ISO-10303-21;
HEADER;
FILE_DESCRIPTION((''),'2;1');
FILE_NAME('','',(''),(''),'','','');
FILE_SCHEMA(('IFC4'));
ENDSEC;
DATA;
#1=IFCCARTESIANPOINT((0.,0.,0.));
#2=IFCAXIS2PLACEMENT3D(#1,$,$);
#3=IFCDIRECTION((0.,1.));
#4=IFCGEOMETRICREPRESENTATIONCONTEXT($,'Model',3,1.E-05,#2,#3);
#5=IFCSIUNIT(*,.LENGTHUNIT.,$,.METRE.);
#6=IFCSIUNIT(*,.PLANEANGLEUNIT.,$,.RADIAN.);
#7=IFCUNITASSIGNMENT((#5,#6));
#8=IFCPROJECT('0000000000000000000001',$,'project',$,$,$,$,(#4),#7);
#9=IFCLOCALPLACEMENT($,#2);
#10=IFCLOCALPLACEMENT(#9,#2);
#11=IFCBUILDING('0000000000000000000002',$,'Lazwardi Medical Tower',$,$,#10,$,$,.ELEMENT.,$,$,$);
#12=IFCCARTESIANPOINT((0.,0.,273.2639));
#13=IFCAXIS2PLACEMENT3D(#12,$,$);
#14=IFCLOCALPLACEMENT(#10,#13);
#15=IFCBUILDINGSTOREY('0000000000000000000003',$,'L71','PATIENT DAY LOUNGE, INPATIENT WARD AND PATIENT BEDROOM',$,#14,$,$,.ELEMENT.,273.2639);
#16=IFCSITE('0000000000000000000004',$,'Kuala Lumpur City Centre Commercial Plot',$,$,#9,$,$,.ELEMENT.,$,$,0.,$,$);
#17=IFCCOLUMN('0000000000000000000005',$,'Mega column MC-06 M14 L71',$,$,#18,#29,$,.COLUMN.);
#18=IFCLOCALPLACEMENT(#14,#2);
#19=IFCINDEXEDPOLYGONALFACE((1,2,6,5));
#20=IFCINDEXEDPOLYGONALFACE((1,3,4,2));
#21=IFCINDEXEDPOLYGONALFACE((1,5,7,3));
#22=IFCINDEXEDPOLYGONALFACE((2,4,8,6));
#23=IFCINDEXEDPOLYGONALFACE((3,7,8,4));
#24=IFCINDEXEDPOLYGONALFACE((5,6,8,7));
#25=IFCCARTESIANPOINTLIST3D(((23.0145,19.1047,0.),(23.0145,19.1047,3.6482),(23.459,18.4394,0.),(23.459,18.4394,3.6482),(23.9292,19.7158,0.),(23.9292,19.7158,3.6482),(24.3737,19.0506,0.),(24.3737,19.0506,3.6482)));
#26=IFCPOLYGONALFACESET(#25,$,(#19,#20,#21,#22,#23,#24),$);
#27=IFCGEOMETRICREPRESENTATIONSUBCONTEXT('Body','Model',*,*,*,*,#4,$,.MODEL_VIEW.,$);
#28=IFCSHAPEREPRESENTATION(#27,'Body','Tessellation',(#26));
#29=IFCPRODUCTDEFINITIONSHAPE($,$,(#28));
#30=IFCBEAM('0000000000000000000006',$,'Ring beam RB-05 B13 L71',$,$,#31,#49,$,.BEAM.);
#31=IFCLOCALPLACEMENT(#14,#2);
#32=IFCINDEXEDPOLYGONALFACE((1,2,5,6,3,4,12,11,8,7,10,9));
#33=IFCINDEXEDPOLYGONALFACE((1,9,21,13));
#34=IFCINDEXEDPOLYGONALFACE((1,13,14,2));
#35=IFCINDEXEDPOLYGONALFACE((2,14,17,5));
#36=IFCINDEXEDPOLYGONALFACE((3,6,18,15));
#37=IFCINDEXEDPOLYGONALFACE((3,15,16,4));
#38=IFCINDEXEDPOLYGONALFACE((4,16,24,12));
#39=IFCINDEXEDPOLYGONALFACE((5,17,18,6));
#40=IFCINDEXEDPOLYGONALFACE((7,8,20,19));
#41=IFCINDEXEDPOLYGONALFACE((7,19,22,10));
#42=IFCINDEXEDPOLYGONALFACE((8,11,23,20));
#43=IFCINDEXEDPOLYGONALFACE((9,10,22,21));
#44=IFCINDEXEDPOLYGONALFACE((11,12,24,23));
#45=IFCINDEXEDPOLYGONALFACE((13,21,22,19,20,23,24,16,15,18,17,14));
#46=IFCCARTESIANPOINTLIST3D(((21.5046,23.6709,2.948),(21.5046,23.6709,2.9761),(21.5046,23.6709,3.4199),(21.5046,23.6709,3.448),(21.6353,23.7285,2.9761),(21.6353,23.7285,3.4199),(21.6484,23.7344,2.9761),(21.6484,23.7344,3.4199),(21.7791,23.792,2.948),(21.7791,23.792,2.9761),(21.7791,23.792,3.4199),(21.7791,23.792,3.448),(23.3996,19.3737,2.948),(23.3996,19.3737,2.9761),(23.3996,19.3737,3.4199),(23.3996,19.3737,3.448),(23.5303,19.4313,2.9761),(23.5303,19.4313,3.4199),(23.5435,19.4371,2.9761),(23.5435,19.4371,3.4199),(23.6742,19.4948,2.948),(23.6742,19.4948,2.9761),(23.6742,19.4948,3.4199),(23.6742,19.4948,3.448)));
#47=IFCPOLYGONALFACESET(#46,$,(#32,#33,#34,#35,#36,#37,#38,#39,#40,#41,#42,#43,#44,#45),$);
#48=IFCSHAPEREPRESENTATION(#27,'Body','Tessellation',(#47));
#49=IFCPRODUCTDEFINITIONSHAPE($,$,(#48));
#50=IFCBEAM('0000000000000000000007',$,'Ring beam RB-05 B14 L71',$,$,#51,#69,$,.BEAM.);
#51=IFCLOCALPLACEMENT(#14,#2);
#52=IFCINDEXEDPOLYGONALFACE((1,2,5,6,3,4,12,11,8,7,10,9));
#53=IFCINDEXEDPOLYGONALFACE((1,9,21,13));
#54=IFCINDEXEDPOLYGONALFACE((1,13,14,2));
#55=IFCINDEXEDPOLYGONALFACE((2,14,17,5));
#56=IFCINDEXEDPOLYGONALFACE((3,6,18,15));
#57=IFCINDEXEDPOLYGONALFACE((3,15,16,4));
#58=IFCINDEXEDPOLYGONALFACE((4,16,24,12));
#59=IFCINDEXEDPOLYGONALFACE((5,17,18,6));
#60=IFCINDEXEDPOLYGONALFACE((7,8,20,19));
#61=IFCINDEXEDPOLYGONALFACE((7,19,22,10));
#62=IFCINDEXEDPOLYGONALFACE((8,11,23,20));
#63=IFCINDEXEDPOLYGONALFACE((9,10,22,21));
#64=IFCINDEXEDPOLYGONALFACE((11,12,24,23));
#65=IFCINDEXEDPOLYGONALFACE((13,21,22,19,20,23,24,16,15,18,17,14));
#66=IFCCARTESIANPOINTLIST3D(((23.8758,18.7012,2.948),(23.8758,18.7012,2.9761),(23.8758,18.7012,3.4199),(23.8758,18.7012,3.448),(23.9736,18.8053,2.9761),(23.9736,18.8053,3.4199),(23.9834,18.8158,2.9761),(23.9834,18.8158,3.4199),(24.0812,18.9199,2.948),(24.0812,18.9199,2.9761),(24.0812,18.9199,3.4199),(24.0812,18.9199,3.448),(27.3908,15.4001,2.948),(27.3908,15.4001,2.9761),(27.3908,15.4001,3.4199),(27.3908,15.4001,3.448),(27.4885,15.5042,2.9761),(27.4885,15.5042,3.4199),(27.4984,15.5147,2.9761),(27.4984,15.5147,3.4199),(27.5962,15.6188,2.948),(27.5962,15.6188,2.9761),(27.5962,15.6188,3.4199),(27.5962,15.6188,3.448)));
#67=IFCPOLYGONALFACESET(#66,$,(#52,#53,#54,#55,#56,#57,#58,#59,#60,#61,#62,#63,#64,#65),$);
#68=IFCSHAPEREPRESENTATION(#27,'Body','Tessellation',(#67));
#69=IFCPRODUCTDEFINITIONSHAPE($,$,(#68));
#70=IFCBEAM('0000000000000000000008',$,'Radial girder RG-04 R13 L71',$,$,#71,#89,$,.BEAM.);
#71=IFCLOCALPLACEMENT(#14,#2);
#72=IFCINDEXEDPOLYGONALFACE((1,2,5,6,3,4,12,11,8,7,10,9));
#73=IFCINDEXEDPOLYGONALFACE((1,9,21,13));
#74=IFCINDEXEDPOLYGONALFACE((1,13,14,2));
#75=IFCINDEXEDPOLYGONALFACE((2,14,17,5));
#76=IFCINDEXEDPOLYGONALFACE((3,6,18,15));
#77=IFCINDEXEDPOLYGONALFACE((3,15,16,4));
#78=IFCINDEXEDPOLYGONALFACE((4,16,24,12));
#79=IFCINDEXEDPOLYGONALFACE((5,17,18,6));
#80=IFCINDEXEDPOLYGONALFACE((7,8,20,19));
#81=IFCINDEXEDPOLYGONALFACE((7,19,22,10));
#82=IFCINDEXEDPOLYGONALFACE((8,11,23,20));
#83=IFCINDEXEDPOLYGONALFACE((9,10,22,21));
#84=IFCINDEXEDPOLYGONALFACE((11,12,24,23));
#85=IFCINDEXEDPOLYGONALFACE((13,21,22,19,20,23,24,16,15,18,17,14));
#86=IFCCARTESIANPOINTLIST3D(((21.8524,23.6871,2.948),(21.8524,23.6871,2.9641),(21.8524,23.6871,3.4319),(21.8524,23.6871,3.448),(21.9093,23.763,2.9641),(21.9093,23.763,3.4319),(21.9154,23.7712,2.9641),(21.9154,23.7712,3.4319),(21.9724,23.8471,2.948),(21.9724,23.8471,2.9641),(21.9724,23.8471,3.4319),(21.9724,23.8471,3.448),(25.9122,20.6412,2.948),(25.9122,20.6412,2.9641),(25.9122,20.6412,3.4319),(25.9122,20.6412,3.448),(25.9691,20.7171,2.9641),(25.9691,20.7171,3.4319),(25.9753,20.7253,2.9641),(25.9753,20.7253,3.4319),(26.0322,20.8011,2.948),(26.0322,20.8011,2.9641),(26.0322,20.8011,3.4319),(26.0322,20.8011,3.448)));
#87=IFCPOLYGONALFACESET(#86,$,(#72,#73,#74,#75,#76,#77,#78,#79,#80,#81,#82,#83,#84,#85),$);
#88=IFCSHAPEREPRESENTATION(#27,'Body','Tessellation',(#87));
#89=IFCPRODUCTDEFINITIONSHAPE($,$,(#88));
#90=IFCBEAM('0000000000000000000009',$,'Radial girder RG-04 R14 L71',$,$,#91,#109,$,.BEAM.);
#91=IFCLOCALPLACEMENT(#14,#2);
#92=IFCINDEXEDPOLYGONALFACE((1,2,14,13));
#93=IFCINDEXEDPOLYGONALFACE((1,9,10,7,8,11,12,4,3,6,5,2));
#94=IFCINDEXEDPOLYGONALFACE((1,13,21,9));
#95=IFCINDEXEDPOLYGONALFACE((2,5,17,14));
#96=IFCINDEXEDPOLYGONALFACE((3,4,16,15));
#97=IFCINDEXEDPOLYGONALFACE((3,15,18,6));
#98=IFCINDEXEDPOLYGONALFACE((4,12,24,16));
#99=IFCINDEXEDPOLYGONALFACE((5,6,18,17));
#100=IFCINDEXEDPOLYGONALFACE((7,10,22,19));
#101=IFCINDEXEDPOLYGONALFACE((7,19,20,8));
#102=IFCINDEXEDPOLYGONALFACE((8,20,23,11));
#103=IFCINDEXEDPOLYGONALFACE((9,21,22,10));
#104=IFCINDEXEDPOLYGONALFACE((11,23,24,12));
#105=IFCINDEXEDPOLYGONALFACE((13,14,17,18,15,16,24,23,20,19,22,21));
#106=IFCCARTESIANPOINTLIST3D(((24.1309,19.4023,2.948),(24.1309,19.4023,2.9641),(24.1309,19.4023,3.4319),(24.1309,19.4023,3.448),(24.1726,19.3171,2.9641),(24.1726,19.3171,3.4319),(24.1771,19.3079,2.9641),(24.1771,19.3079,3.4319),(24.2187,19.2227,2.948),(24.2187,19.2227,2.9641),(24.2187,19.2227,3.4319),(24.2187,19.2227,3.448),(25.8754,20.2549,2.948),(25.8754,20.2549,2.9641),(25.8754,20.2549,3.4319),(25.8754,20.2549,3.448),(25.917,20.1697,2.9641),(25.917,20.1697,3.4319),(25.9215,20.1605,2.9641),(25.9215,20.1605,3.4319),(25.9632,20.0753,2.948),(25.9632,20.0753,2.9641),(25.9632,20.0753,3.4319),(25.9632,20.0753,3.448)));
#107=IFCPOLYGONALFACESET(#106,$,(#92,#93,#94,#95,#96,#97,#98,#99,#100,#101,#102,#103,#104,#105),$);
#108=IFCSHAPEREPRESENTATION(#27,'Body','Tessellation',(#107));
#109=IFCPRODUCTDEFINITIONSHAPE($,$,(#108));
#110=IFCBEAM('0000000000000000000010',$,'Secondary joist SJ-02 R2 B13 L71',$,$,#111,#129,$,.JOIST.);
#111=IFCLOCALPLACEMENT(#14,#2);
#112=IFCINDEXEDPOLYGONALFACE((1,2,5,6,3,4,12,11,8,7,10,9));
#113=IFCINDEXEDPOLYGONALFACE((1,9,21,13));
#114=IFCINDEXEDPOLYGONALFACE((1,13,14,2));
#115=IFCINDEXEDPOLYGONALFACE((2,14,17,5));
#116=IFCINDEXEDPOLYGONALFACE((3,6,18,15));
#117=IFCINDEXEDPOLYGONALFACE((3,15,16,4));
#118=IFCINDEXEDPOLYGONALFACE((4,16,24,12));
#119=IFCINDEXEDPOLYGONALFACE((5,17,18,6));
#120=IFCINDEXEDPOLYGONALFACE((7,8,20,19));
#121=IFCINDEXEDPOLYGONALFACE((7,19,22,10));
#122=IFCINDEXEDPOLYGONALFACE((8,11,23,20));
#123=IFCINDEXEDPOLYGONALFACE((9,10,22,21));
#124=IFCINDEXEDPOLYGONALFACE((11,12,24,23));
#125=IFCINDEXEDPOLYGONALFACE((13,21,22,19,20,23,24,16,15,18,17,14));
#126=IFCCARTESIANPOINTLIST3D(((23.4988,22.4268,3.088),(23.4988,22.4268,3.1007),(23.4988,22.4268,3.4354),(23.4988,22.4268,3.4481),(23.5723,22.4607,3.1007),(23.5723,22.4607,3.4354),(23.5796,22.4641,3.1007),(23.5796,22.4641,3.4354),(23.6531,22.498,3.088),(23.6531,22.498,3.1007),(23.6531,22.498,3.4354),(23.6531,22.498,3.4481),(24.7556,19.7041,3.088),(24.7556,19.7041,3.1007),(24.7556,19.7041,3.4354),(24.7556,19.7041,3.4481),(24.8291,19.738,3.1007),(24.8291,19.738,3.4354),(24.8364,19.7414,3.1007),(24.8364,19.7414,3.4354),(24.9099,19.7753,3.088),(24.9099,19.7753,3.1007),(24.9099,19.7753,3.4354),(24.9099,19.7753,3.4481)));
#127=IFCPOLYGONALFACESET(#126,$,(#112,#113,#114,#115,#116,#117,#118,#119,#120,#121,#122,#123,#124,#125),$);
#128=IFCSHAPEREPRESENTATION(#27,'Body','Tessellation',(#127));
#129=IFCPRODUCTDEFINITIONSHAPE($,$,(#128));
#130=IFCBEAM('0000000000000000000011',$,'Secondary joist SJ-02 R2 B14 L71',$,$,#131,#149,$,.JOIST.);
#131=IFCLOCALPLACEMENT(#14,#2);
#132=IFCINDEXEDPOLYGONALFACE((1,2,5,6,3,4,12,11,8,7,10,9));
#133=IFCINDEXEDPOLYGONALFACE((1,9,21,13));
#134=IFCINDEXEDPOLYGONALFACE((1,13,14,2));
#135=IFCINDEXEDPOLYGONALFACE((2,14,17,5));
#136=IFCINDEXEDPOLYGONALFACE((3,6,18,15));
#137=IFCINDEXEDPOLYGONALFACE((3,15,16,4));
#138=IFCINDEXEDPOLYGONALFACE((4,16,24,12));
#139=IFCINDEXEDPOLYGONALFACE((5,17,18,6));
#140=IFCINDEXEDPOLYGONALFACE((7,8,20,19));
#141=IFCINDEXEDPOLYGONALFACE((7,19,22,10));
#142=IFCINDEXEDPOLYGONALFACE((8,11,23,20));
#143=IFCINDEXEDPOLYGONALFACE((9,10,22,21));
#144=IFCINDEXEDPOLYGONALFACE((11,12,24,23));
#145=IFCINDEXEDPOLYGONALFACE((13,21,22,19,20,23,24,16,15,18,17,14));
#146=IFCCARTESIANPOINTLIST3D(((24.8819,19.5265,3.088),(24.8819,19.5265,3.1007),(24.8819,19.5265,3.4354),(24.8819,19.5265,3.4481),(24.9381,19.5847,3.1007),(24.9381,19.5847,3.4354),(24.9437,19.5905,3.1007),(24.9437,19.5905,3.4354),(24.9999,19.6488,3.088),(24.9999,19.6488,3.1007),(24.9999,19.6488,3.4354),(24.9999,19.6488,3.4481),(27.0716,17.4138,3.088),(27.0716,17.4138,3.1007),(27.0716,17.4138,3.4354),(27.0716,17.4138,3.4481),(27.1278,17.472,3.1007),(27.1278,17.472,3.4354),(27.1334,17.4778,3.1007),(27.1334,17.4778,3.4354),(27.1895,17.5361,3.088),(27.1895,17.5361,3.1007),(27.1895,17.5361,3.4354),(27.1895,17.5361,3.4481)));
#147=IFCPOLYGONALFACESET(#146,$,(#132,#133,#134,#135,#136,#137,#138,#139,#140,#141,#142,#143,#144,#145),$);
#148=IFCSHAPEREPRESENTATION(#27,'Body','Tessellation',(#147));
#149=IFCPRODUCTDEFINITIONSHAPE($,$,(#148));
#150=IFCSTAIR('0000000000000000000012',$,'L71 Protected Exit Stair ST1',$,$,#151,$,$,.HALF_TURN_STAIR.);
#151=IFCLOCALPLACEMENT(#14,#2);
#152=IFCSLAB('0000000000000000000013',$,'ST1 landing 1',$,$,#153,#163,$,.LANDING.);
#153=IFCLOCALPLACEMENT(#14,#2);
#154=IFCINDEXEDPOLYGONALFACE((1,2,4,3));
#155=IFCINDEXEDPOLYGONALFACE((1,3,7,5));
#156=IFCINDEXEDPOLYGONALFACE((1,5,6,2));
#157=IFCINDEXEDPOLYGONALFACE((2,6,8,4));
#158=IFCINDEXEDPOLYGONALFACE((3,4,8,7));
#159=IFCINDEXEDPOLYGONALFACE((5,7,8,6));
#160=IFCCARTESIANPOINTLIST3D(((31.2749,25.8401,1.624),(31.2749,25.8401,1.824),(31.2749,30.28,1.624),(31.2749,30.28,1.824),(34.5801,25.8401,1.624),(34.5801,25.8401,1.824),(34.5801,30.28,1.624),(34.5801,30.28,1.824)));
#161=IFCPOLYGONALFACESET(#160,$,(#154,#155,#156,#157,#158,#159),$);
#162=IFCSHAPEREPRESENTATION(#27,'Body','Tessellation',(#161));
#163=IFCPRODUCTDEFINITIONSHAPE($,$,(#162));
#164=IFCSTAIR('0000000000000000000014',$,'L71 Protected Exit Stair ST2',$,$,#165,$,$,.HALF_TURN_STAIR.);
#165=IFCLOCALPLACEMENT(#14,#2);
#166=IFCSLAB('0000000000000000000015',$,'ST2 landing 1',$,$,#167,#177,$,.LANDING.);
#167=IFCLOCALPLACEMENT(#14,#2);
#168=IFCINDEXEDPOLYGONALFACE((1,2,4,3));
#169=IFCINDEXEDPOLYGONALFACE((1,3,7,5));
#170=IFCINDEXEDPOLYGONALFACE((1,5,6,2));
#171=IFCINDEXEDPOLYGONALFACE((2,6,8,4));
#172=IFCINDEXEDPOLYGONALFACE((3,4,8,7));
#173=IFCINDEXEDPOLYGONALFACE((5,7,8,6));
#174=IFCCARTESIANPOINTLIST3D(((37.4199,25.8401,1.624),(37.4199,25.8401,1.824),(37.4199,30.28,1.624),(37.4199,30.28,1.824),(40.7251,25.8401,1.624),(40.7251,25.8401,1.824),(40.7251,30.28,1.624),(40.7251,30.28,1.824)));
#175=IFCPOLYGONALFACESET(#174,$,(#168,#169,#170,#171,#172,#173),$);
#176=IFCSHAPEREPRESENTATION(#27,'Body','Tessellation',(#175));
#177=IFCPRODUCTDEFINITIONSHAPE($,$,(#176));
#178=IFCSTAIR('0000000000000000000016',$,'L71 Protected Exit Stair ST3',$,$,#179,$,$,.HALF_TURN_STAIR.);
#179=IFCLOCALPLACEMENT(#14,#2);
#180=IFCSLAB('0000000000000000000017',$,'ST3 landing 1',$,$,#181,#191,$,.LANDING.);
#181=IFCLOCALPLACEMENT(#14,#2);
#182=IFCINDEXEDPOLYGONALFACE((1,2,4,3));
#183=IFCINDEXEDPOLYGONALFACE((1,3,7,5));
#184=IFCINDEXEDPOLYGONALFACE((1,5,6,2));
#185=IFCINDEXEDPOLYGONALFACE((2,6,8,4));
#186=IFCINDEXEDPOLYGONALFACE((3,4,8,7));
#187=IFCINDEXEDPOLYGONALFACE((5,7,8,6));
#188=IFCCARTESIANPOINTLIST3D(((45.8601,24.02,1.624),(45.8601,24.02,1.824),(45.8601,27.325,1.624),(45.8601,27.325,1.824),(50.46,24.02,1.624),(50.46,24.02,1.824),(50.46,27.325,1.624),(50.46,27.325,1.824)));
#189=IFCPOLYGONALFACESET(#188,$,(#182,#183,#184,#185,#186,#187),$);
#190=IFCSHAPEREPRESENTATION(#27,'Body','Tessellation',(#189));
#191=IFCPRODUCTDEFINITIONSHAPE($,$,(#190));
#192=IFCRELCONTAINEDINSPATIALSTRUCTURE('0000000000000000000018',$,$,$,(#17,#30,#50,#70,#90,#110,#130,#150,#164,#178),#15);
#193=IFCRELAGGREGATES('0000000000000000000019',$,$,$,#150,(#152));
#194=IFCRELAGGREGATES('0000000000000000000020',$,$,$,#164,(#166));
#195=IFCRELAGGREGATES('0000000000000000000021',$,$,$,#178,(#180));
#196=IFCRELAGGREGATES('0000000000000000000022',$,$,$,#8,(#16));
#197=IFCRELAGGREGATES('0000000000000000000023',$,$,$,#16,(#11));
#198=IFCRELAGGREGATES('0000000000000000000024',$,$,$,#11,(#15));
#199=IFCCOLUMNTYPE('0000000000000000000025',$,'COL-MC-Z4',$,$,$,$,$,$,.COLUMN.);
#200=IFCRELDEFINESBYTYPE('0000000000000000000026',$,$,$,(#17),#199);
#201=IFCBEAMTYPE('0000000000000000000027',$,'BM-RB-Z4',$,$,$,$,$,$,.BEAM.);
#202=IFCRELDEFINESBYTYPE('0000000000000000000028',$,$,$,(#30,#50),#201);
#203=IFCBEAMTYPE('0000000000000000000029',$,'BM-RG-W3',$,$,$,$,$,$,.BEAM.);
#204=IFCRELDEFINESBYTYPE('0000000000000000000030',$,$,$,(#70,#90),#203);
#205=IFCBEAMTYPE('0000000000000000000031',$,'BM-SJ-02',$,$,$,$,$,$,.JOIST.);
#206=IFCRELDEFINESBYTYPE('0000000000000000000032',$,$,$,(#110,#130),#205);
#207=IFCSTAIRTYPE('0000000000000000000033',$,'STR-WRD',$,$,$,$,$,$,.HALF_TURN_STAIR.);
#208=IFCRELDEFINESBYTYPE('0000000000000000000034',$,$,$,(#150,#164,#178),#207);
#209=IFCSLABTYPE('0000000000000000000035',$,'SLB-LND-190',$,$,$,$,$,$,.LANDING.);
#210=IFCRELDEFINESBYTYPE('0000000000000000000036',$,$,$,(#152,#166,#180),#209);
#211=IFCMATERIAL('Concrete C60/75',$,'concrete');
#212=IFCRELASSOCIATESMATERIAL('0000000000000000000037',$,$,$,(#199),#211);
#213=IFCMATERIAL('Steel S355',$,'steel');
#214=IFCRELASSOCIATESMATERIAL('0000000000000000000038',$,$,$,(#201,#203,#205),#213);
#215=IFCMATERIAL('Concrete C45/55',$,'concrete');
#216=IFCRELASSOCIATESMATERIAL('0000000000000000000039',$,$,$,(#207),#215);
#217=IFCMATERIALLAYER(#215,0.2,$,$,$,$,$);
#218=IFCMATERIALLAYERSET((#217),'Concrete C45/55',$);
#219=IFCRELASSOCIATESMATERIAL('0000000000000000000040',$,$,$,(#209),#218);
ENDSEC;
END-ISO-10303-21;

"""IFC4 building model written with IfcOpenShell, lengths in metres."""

from ifc_helpers import new_model, si_unit, direction, frame, origin, origin_2d, place, context, subcontext, project, spatial, polyline, rectangle, i_section, outline, extrude, material, layer, layer_set, material_profile, profile_set, type_object, element, aggregate, save


model = new_model("IFC4")

# Units and contexts
model_context = context("Model", 3, precision=1e-05, world=origin(), true_north=direction((0.0, 1.0)))
body_context = subcontext(model_context, "Body", "Model", "MODEL_VIEW")
ifc_project = project(units=[si_unit("LENGTHUNIT", "METRE"), si_unit("PLANEANGLEUNIT", "RADIAN")], contexts=[model_context])

# Site, building, storey
site_placement = place(None, origin())
site = spatial("IfcSite", under=ifc_project, at=site_placement, Name="Kuala Lumpur City Centre Commercial Plot", CompositionType="ELEMENT", RefElevation=0.0)
building_placement = place(site_placement, origin())
building = spatial("IfcBuilding", under=site, at=building_placement, Name="Lazwardi Medical Tower", CompositionType="ELEMENT")
storey_placement = place(building_placement, frame((0.0, 0.0, 273.2639)))
storey = spatial("IfcBuildingStorey", under=building, at=storey_placement, Name="L71", Description="PATIENT DAY LOUNGE, INPATIENT WARD AND PATIENT BEDROOM", CompositionType="ELEMENT", Elevation=273.2639)

# Column
ifc_material_1 = material(Name="Concrete C60/75", Category="concrete")
ifc_material_profile_1 = material_profile(ifc_material_1, rectangle(XDim=1.1001, YDim=0.8, at=origin_2d()), Name="CFT-RECT 1100x800")
ifc_profile_set_1 = profile_set([ifc_material_profile_1], Name="Concrete C60/75")
column_type = type_object("IfcColumnType", Name="COL-MC-Z4", PredefinedType="COLUMN", material=ifc_profile_set_1)
column_placement = place(storey_placement, frame((23.6941, 19.0776, 0.0), z_axis=(0.0, 0.0, 1.0), x_axis=(-0.83147, -0.55557, 0.0)))
element("IfcColumn", 1, at=column_placement, inside=storey, type_object=column_type, Name="Mega column MC-06 M14 L71", PredefinedType="COLUMN", context=body_context, shape_type="SweptSolid", body=[
    extrude(rectangle(XDim=1.1001, YDim=0.8, at=origin_2d()), origin(), (0.0, 0.0, 1.0), 3.6482),
])

# Beams
ifc_material_2 = material(Name="Steel S355", Category="steel")
ifc_material_profile_2 = material_profile(ifc_material_2, i_section(OverallWidth=0.3, OverallDepth=0.5, WebThickness=0.0144, FlangeThickness=0.0281, at=origin_2d()), Name="HEB 500")
ifc_profile_set_2 = profile_set([ifc_material_profile_2], Name="Steel S355")
beam_type_1 = type_object("IfcBeamType", Name="BM-RB-Z4", PredefinedType="BEAM", material=ifc_profile_set_2)
beam_1_placement = place(storey_placement, frame((21.6418, 23.7314, 3.198), z_axis=(0.403503, -0.914978, 0.0), x_axis=(0.914978, 0.403503, 0.0)))
element("IfcBeam", 2, at=beam_1_placement, inside=storey, type_object=beam_type_1, Name="Ring beam RB-05 B13 L71", PredefinedType="BEAM", context=body_context, shape_type="SweptSolid", body=[
    extrude(i_section(OverallWidth=0.3, OverallDepth=0.5, WebThickness=0.0144, FlangeThickness=0.0281, at=origin_2d()), origin(), (0.0, 0.0, 1.0), 4.6965),
])
beam_2_placement = place(storey_placement, frame((23.9785, 18.8105, 3.198), z_axis=(0.728935, -0.684583, 0.0), x_axis=(0.684583, 0.728935, 0.0)))
element("IfcBeam", 3, at=beam_2_placement, inside=storey, type_object=beam_type_1, Name="Ring beam RB-05 B14 L71", PredefinedType="BEAM", context=body_context, shape_type="SweptSolid", body=[
    extrude(i_section(OverallWidth=0.3, OverallDepth=0.5, WebThickness=0.0144, FlangeThickness=0.0281, at=origin_2d()), origin(), (0.0, 0.0, 1.0), 4.822),
])
ifc_material_profile_3 = material_profile(ifc_material_2, i_section(OverallWidth=0.2, OverallDepth=0.5, WebThickness=0.0103, FlangeThickness=0.0161, at=origin_2d()), Name="IPE 500")
ifc_profile_set_3 = profile_set([ifc_material_profile_3], Name="Steel S355")
beam_type_2 = type_object("IfcBeamType", Name="BM-RG-W3", PredefinedType="BEAM", material=ifc_profile_set_3)
beam_3_placement = place(storey_placement, frame((21.9124, 23.7671, 3.198), z_axis=(0.799902, -0.600131, 0.0), x_axis=(0.600131, 0.799902, 0.0)))
element("IfcBeam", 4, at=beam_3_placement, inside=storey, type_object=beam_type_2, Name="Radial girder RG-04 R13 L71", PredefinedType="BEAM", context=body_context, shape_type="SweptSolid", body=[
    extrude(i_section(OverallWidth=0.2, OverallDepth=0.5, WebThickness=0.0103, FlangeThickness=0.0161, at=origin_2d()), origin(), (0.0, 0.0, 1.0), 5.0754),
])
beam_4_placement = place(storey_placement, frame((24.1748, 19.3125, 3.198), z_axis=(0.898439, 0.439097, 0.0), x_axis=(-0.439097, 0.898439, 0.0)))
element("IfcBeam", 5, at=beam_4_placement, inside=storey, type_object=beam_type_2, Name="Radial girder RG-04 R14 L71", PredefinedType="BEAM", context=body_context, shape_type="SweptSolid", body=[
    extrude(i_section(OverallWidth=0.2, OverallDepth=0.5, WebThickness=0.0103, FlangeThickness=0.0161, at=origin_2d()), origin(), (0.0, 0.0, 1.0), 1.9417),
])
ifc_material_profile_4 = material_profile(ifc_material_2, i_section(OverallWidth=0.1699, OverallDepth=0.3601, WebThickness=0.0081, FlangeThickness=0.0127, at=origin_2d()), Name="IPE 360")
ifc_profile_set_4 = profile_set([ifc_material_profile_4], Name="Steel S355")
beam_type_3 = type_object("IfcBeamType", Name="BM-SJ-02", PredefinedType="JOIST", material=ifc_profile_set_4)
beam_5_placement = place(storey_placement, frame((23.5759, 22.4624, 3.2681), z_axis=(0.41912, -0.907931, 0.0), x_axis=(0.907931, 0.41912, 0.0)))
element("IfcBeam", 6, at=beam_5_placement, inside=storey, type_object=beam_type_3, Name="Secondary joist SJ-02 R2 B13 L71", PredefinedType="JOIST", context=body_context, shape_type="SweptSolid", body=[
    extrude(i_section(OverallWidth=0.1699, OverallDepth=0.3601, WebThickness=0.0081, FlangeThickness=0.0127, at=origin_2d()), origin(), (0.0, 0.0, 1.0), 2.9988),
])
beam_6_placement = place(storey_placement, frame((24.9409, 19.5876, 3.2681), z_axis=(0.719631, -0.694357, 0.0), x_axis=(0.694357, 0.719631, 0.0)))
element("IfcBeam", 7, at=beam_6_placement, inside=storey, type_object=beam_type_3, Name="Secondary joist SJ-02 R2 B14 L71", PredefinedType="JOIST", context=body_context, shape_type="SweptSolid", body=[
    extrude(i_section(OverallWidth=0.1699, OverallDepth=0.3601, WebThickness=0.0081, FlangeThickness=0.0127, at=origin_2d()), origin(), (0.0, 0.0, 1.0), 3.0427),
])

# Stairs, slabs
ifc_material_3 = material(Name="Concrete C45/55", Category="concrete")
stair_type = type_object("IfcStairType", Name="STR-WRD", PredefinedType="HALF_TURN_STAIR", material=ifc_material_3)
stair_1_placement = place(storey_placement, origin())
stair_1 = element("IfcStair", 8, at=stair_1_placement, inside=storey, type_object=stair_type, Name="L71 Protected Exit Stair ST1", PredefinedType="HALF_TURN_STAIR")
ifc_layer_1 = layer(ifc_material_3, 0.2)
ifc_layer_set_1 = layer_set([ifc_layer_1], Name="Concrete C45/55")
slab_type_1 = type_object("IfcSlabType", Name="SLB-LND-190", PredefinedType="LANDING", material=ifc_layer_set_1)
slab_1_placement = place(storey_placement, frame((0.0, 0.0, 1.624)))
slab_1 = element("IfcSlab", 9, at=slab_1_placement, type_object=slab_type_1, Name="ST1 landing 1", PredefinedType="LANDING", context=body_context, shape_type="SweptSolid", body=[
    extrude(outline(polyline([(31.2749, 25.8401), (34.5801, 25.8401), (34.5801, 30.28), (31.2749, 30.28), (31.2749, 25.8401)])), origin(), (0.0, 0.0, 1.0), 0.2),
])
aggregate(stair_1, [slab_1])
stair_2_placement = place(storey_placement, origin())
stair_2 = element("IfcStair", 10, at=stair_2_placement, inside=storey, type_object=stair_type, Name="L71 Protected Exit Stair ST2", PredefinedType="HALF_TURN_STAIR")
slab_2_placement = place(storey_placement, frame((0.0, 0.0, 1.624)))
slab_2 = element("IfcSlab", 11, at=slab_2_placement, type_object=slab_type_1, Name="ST2 landing 1", PredefinedType="LANDING", context=body_context, shape_type="SweptSolid", body=[
    extrude(outline(polyline([(40.7251, 30.28), (37.4199, 30.28), (37.4199, 25.8401), (40.7251, 25.8401), (40.7251, 30.28)])), origin(), (0.0, 0.0, 1.0), 0.2),
])
aggregate(stair_2, [slab_2])
stair_3_placement = place(storey_placement, origin())
stair_3 = element("IfcStair", 12, at=stair_3_placement, inside=storey, type_object=stair_type, Name="L71 Protected Exit Stair ST3", PredefinedType="HALF_TURN_STAIR")
slab_3_placement = place(storey_placement, frame((0.0, 0.0, 1.624)))
slab_3 = element("IfcSlab", 13, at=slab_3_placement, type_object=slab_type_1, Name="ST3 landing 1", PredefinedType="LANDING", context=body_context, shape_type="SweptSolid", body=[
    extrude(outline(polyline([(45.8601, 27.325), (45.8601, 24.02), (50.46, 24.02), (50.46, 27.325), (45.8601, 27.325)])), origin(), (0.0, 0.0, 1.0), 0.2),
])
aggregate(stair_3, [slab_3])

save(model, "model.ifc")
